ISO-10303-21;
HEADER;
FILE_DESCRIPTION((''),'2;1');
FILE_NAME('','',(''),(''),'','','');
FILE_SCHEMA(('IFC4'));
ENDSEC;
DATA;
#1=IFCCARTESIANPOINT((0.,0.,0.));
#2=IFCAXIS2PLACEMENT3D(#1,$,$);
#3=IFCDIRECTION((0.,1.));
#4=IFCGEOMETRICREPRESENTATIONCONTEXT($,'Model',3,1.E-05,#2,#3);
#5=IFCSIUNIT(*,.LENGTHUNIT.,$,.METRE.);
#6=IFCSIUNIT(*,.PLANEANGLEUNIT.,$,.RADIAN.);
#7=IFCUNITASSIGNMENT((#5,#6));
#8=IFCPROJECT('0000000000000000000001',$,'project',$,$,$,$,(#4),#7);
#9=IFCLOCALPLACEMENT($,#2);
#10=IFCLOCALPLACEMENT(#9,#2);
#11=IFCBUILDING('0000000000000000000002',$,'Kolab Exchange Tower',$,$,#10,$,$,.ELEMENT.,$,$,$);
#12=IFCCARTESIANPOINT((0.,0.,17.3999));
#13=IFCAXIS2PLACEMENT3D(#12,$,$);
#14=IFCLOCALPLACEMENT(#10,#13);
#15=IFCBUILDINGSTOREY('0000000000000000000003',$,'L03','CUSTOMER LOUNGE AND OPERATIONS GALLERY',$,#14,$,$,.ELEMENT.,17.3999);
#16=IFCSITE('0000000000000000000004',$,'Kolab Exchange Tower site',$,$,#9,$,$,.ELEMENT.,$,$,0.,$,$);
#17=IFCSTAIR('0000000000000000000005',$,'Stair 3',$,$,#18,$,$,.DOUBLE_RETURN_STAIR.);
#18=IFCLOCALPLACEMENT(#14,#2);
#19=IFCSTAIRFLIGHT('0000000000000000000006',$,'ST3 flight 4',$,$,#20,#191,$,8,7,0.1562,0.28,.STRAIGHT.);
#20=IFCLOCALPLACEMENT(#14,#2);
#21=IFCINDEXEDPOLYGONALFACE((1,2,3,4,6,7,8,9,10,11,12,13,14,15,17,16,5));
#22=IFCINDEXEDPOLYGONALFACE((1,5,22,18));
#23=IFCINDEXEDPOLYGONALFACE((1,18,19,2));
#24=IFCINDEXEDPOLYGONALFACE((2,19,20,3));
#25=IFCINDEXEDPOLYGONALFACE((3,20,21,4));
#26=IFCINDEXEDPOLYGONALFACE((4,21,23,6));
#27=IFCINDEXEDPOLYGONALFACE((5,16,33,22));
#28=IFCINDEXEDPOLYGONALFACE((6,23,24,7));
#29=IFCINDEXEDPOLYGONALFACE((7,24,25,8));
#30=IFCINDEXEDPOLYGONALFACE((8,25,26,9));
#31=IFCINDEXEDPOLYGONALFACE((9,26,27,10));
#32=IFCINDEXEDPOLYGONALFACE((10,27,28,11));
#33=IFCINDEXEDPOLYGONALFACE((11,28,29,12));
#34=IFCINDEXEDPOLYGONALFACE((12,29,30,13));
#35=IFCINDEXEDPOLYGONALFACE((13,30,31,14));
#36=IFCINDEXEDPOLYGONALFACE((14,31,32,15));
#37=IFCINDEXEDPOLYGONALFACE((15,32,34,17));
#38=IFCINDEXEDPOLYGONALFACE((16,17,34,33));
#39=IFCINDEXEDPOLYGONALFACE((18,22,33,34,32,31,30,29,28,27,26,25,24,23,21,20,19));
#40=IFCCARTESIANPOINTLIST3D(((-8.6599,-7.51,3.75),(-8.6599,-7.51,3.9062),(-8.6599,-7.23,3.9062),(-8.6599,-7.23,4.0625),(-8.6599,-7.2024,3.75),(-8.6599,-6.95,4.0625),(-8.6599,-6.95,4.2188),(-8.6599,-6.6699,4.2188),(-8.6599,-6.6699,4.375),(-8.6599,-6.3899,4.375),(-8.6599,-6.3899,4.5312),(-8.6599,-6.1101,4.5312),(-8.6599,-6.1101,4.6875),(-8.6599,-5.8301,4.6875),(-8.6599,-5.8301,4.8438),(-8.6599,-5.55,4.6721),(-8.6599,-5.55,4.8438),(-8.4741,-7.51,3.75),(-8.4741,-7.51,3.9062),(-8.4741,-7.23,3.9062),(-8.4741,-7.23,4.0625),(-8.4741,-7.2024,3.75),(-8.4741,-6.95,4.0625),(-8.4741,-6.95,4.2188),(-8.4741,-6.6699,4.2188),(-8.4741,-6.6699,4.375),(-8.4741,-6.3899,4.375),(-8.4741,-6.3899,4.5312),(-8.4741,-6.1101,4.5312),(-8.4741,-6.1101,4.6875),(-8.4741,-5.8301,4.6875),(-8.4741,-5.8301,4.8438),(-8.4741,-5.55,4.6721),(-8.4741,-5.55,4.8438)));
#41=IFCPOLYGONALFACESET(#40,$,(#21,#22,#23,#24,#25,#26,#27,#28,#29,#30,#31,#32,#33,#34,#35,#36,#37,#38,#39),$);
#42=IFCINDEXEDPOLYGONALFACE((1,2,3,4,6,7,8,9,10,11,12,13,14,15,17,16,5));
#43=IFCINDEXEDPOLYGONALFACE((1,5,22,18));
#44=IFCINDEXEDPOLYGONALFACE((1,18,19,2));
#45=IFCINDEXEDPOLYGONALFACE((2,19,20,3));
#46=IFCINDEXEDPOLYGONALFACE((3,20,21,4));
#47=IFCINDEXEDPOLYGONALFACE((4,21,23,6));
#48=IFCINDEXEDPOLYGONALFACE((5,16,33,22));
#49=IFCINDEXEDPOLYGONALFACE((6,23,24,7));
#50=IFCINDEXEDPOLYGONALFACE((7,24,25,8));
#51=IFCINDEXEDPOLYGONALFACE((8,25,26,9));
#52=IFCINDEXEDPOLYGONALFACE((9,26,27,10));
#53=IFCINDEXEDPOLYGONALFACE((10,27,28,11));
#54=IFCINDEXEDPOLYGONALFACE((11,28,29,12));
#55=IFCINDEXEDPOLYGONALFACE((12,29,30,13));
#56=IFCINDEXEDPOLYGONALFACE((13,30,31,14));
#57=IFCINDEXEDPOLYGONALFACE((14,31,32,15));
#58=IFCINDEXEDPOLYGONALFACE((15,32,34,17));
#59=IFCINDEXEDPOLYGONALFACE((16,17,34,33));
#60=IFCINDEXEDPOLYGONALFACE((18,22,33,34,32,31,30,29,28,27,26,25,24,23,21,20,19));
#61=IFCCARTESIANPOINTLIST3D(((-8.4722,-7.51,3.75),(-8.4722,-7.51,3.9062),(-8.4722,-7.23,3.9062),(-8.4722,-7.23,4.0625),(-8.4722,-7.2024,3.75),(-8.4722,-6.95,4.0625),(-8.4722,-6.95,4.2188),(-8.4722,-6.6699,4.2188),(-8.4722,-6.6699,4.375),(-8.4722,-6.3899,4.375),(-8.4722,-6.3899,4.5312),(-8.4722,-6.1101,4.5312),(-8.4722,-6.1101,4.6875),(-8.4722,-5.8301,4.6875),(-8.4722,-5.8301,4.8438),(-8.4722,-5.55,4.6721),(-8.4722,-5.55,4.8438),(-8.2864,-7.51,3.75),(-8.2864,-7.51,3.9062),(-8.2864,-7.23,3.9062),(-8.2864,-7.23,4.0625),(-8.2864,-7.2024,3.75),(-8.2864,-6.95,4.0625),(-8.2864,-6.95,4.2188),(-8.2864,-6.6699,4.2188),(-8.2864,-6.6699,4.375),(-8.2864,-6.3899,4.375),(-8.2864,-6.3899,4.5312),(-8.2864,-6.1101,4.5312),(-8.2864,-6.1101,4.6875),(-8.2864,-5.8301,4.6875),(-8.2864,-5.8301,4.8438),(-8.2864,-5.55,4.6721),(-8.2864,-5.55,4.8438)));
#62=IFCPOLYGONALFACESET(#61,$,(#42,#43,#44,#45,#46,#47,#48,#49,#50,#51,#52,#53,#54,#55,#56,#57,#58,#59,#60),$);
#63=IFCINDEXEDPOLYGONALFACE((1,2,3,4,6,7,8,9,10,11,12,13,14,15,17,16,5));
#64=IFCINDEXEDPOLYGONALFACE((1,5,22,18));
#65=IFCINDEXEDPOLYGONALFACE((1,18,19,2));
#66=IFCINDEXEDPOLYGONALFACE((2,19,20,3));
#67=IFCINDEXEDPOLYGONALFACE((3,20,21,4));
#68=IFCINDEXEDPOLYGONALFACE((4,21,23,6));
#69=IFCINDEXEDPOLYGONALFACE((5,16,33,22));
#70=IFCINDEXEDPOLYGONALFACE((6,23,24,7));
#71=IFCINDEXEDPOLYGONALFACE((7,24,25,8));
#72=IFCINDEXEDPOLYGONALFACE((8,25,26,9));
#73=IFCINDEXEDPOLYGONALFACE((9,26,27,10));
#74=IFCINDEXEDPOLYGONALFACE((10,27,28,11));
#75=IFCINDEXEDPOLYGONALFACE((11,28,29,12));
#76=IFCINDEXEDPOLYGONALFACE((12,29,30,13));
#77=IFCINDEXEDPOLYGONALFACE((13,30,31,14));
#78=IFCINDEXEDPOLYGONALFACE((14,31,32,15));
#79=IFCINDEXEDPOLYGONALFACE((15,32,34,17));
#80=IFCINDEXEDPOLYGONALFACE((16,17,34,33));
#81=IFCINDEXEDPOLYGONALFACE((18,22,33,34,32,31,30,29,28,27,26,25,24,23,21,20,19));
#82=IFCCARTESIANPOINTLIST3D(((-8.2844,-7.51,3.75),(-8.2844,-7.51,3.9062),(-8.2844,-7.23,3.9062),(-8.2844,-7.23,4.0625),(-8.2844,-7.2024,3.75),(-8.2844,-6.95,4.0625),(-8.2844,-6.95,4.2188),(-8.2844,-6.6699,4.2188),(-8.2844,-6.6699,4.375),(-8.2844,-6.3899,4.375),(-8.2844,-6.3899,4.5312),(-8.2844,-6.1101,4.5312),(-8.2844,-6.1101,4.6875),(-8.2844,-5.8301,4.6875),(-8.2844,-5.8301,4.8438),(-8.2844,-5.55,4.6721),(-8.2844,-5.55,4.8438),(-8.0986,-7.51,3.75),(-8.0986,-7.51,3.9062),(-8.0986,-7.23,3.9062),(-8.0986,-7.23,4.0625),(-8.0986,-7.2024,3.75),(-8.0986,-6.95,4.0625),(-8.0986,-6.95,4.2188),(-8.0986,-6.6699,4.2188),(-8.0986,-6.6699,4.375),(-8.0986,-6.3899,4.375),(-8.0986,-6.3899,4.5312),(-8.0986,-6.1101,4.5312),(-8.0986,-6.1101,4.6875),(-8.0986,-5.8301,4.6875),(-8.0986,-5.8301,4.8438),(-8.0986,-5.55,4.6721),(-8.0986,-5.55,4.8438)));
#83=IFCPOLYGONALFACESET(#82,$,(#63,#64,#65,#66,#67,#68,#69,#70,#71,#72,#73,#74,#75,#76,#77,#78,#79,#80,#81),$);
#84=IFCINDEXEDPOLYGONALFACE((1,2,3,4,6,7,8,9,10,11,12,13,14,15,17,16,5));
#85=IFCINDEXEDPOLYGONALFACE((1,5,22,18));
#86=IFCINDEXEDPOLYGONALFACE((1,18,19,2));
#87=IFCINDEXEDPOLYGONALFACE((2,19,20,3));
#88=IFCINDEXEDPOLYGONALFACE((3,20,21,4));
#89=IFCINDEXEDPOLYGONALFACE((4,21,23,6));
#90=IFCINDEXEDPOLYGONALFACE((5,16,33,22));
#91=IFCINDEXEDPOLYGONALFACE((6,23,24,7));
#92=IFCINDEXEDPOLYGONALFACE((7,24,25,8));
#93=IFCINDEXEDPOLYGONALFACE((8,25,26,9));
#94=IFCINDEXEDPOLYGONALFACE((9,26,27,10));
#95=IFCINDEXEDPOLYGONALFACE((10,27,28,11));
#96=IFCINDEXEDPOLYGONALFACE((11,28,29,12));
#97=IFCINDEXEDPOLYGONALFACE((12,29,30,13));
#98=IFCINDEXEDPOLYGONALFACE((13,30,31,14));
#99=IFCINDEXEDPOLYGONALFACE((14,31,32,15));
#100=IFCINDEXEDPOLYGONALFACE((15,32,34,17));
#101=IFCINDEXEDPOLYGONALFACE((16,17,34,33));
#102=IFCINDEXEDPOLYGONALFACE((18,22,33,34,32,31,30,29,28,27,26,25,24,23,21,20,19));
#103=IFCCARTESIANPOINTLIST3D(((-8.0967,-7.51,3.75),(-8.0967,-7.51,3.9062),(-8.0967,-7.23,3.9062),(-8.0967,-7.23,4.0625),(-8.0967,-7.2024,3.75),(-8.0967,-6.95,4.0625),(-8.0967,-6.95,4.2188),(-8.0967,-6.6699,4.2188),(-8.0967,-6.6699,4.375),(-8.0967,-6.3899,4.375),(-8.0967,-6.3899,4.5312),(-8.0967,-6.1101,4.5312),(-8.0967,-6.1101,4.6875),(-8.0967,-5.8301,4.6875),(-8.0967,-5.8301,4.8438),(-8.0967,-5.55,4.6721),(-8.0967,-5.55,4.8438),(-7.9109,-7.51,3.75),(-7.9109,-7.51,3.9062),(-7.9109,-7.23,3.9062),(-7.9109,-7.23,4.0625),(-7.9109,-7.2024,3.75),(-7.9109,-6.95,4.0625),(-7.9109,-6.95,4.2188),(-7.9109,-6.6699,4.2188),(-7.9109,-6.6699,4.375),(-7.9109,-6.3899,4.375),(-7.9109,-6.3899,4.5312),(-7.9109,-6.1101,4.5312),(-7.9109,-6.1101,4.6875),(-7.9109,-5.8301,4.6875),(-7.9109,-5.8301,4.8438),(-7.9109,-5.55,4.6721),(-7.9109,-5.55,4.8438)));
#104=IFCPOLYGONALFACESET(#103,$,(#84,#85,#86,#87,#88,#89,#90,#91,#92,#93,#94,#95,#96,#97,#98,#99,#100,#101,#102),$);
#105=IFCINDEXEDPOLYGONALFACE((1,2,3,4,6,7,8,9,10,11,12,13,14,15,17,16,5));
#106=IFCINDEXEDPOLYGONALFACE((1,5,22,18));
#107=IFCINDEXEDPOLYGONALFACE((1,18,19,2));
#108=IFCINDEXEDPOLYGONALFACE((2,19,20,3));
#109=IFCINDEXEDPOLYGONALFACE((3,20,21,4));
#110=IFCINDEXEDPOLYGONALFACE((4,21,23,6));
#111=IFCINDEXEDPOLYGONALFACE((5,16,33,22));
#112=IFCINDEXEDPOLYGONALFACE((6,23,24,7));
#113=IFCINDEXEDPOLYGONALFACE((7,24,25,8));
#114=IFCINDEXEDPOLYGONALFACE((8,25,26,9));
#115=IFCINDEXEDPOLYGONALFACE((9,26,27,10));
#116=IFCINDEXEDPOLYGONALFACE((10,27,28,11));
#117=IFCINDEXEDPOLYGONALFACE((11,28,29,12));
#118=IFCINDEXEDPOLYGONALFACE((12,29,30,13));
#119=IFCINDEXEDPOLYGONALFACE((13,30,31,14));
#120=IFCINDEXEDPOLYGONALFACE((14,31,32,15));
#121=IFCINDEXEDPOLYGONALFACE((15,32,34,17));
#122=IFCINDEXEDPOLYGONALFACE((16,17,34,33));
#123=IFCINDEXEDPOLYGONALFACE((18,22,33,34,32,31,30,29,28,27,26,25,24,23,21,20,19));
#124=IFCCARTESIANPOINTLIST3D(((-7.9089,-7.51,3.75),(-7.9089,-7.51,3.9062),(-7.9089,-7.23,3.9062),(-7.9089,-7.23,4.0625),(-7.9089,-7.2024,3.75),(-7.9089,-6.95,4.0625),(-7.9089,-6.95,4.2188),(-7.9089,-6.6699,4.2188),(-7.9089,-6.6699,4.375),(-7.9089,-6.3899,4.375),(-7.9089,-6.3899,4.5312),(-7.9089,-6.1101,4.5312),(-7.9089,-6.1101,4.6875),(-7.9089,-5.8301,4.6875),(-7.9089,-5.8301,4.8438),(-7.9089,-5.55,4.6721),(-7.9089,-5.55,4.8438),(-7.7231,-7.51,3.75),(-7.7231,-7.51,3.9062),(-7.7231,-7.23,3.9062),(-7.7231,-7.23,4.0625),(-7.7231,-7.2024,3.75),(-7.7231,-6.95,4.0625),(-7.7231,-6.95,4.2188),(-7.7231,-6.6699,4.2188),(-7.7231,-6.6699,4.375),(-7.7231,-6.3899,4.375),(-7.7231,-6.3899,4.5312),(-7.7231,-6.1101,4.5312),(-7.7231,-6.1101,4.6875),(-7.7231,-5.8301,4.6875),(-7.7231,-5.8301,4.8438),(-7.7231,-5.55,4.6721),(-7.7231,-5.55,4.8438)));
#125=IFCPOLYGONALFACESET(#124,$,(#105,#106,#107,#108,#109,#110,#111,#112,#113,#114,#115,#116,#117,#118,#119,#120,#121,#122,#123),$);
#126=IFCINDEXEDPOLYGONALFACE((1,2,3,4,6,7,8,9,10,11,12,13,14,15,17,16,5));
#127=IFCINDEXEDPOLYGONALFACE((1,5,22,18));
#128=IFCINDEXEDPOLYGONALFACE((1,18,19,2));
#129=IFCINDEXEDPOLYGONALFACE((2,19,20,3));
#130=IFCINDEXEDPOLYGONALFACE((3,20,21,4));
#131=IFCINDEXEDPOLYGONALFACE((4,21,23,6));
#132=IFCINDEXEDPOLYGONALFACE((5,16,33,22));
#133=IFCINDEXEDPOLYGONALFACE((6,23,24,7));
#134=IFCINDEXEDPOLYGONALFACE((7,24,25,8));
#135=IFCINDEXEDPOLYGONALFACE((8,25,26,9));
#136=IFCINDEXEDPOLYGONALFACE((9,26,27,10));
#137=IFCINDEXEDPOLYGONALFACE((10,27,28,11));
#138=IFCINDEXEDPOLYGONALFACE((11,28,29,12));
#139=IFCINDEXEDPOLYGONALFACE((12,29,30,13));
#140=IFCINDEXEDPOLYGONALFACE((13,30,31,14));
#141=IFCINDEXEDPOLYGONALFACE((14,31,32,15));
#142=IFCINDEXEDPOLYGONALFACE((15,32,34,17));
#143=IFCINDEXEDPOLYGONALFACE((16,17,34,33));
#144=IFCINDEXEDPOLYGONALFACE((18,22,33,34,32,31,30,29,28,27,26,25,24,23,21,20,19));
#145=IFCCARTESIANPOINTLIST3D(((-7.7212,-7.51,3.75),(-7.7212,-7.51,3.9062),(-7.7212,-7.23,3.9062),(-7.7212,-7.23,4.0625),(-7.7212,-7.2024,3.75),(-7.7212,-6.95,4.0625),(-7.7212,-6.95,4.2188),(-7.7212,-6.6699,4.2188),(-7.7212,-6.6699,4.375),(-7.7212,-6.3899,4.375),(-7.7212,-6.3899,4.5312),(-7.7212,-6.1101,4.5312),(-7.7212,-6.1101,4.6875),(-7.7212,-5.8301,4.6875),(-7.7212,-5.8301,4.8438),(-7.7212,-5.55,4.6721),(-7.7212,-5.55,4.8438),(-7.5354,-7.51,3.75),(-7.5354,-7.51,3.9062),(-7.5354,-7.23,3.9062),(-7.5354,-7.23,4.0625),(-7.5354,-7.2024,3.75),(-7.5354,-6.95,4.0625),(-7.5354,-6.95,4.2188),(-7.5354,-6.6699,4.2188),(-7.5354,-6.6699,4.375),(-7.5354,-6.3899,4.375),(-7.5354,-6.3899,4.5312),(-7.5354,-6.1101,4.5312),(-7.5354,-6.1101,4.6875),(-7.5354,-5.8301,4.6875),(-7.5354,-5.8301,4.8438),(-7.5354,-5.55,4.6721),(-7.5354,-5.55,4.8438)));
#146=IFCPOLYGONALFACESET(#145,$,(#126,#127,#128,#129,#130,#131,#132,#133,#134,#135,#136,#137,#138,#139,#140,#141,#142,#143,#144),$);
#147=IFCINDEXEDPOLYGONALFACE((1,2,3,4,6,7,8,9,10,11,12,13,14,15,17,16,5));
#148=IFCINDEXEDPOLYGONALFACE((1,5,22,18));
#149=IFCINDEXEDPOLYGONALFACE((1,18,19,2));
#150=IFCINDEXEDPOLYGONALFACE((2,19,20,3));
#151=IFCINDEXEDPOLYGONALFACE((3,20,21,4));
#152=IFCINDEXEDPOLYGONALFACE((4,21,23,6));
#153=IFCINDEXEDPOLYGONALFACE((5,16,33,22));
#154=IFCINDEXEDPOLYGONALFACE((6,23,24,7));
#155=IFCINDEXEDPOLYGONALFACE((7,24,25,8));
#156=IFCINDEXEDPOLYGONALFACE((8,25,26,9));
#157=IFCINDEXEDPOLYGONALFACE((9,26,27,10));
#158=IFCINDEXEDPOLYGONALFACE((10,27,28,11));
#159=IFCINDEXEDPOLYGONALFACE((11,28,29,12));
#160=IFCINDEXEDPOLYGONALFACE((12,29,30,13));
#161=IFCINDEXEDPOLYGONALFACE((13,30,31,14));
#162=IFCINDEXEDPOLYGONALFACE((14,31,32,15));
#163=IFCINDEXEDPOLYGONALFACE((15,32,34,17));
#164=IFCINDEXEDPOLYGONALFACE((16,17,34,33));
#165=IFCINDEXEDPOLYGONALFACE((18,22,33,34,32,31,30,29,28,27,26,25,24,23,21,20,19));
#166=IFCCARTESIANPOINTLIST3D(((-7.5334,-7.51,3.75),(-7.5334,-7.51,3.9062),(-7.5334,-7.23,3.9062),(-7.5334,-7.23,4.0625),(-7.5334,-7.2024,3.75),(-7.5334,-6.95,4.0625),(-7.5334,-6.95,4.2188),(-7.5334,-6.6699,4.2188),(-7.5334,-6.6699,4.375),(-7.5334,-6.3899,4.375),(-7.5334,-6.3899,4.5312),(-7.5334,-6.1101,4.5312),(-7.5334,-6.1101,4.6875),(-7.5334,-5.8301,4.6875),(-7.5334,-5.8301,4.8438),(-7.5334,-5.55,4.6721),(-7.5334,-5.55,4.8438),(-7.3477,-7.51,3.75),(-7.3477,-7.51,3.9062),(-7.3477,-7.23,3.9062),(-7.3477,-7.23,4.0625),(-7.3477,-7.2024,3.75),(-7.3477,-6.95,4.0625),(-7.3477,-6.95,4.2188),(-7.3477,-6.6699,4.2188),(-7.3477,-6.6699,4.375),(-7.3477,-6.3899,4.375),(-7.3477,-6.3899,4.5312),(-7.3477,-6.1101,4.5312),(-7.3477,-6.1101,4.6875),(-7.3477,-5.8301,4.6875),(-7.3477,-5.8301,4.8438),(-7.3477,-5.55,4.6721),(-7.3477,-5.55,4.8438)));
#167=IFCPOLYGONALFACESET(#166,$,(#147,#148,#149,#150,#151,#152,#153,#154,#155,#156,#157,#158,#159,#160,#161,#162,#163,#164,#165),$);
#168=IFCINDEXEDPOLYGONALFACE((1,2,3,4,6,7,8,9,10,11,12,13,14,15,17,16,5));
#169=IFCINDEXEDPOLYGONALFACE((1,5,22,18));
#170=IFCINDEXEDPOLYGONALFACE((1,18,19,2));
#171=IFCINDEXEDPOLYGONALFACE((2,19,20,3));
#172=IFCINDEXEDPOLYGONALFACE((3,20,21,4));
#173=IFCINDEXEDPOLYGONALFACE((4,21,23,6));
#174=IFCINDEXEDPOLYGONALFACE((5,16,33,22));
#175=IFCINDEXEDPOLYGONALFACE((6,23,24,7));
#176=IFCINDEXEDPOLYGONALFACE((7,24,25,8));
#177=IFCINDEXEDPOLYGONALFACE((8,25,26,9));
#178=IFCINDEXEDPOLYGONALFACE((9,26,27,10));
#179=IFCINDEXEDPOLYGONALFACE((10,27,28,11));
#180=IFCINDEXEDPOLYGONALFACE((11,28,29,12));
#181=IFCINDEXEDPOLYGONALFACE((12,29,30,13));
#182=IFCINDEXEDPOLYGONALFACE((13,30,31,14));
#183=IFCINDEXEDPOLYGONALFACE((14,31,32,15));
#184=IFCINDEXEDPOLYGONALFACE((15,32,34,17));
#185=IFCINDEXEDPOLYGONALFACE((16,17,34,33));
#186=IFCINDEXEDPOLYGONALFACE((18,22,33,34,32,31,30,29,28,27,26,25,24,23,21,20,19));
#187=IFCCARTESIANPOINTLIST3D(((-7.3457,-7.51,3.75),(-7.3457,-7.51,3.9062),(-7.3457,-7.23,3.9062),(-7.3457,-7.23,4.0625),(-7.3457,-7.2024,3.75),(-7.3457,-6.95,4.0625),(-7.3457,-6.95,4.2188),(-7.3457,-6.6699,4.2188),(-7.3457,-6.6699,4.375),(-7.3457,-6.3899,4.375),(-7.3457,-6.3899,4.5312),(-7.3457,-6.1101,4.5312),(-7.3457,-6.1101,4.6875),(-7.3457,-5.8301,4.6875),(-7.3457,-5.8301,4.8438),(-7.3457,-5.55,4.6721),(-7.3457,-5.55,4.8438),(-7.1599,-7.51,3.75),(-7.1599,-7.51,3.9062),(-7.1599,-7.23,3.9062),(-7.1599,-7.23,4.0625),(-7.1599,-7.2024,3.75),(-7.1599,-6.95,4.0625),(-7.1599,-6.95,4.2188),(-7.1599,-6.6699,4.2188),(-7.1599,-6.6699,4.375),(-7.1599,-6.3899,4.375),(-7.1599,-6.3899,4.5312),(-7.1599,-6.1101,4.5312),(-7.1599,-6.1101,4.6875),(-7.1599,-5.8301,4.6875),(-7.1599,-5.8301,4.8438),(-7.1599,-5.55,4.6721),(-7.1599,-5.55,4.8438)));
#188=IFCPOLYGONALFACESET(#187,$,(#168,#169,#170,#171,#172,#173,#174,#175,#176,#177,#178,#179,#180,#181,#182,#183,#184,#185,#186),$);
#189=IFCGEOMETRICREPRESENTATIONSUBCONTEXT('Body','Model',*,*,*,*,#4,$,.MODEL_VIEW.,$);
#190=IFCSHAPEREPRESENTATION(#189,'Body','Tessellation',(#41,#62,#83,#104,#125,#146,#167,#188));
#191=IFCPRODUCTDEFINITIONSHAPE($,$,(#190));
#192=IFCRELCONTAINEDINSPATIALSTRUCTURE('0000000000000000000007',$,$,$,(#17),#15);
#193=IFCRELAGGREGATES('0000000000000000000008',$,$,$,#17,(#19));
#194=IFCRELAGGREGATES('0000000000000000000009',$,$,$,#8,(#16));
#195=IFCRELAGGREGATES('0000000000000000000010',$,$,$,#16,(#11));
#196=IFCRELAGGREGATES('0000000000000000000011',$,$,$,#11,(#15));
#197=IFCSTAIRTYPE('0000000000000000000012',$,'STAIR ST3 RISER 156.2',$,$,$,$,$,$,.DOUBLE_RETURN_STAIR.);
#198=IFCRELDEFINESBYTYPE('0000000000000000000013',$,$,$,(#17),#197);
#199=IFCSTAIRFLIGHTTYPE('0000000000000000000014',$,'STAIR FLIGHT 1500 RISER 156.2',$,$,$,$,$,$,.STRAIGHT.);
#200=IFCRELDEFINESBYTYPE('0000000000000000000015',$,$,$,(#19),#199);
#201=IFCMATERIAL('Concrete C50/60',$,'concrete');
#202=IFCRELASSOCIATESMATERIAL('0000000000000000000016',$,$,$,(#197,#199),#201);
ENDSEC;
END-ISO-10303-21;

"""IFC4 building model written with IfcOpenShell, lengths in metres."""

from ifc_helpers import new_model, si_unit, direction, frame, origin, place, context, subcontext, project, spatial, polyline, outline, extrude, material, type_object, element, aggregate, save


model = new_model("IFC4")

# Units and contexts
model_context = context("Model", 3, precision=1e-05, world=origin(), true_north=direction((0.0, 1.0)))
body_context = subcontext(model_context, "Body", "Model", "MODEL_VIEW")
ifc_project = project(units=[si_unit("LENGTHUNIT", "METRE"), si_unit("PLANEANGLEUNIT", "RADIAN")], contexts=[model_context])

# Site, building, storey
site_placement = place(None, origin())
site = spatial("IfcSite", under=ifc_project, at=site_placement, Name="Kolab Exchange Tower site", CompositionType="ELEMENT", RefElevation=0.0)
building_placement = place(site_placement, origin())
building = spatial("IfcBuilding", under=site, at=building_placement, Name="Kolab Exchange Tower", CompositionType="ELEMENT")
storey_placement = place(building_placement, frame((0.0, 0.0, 17.3999)))
storey = spatial("IfcBuildingStorey", under=building, at=storey_placement, Name="L03", Description="CUSTOMER LOUNGE AND OPERATIONS GALLERY", CompositionType="ELEMENT", Elevation=17.3999)

# Shared definitions
ifc_material_1 = material(Name="Concrete C50/60", Category="concrete")

# Stair, stair flight
stair_type = type_object("IfcStairType", Name="STAIR ST3 RISER 156.2", PredefinedType="DOUBLE_RETURN_STAIR", material=ifc_material_1)
stair_placement = place(storey_placement, origin())
stair = element("IfcStair", 1, at=stair_placement, inside=storey, type_object=stair_type, Name="Stair 3", PredefinedType="DOUBLE_RETURN_STAIR")
stair_flight_type = type_object("IfcStairFlightType", Name="STAIR FLIGHT 1500 RISER 156.2", PredefinedType="STRAIGHT", material=ifc_material_1)
stair_flight_1_placement = place(storey_placement, frame((-7.9099, -7.51, 3.75), z_axis=(0.0, 0.0, 1.0), x_axis=(0.0, 1.0, 0.0)))
stair_flight_1 = element("IfcStairFlight", 2, at=stair_flight_1_placement, type_object=stair_flight_type, Name="ST3 flight 4", NumberOfRisers=8, NumberOfTreads=7, PredefinedType="STRAIGHT", RiserHeight=0.1562, TreadLength=0.28, context=body_context, shape_type="SweptSolid", body=[
    extrude(outline(polyline([(0.0, 0.0), (0.0, 0.1562), (0.28, 0.1562), (0.28, 0.3125), (0.5601, 0.3125), (0.5601, 0.4688), (0.8401, 0.4688), (0.8401, 0.625), (1.1201, 0.625), (1.1201, 0.7812), (1.3999, 0.7812), (1.3999, 0.9375), (1.6799, 0.9375), (1.6799, 1.0938), (1.96, 1.0938), (1.96, 1.25), (1.96, 0.9221), (0.3076, 0.0), (0.0, 0.0)])), frame((0.0, 0.75, 0.0), z_axis=(0.0, -1.0, 0.0), x_axis=(1.0, 0.0, 0.0)), (0.0, 0.0, 1.0), 0.1858),
    extrude(outline(polyline([(0.0, 0.0), (0.0, 0.1562), (0.28, 0.1562), (0.28, 0.3125), (0.5601, 0.3125), (0.5601, 0.4688), (0.8401, 0.4688), (0.8401, 0.625), (1.1201, 0.625), (1.1201, 0.7812), (1.3999, 0.7812), (1.3999, 0.9375), (1.6799, 0.9375), (1.6799, 1.0938), (1.96, 1.0938), (1.96, 1.25), (1.96, 0.9221), (0.3076, 0.0), (0.0, 0.0)])), frame((0.0, 0.5623, 0.0), z_axis=(0.0, -1.0, 0.0), x_axis=(1.0, 0.0, 0.0)), (0.0, 0.0, 1.0), 0.1858),
    extrude(outline(polyline([(0.0, 0.0), (0.0, 0.1562), (0.28, 0.1562), (0.28, 0.3125), (0.5601, 0.3125), (0.5601, 0.4688), (0.8401, 0.4688), (0.8401, 0.625), (1.1201, 0.625), (1.1201, 0.7812), (1.3999, 0.7812), (1.3999, 0.9375), (1.6799, 0.9375), (1.6799, 1.0938), (1.96, 1.0938), (1.96, 1.25), (1.96, 0.9221), (0.3076, 0.0), (0.0, 0.0)])), frame((0.0, 0.3745, 0.0), z_axis=(0.0, -1.0, 0.0), x_axis=(1.0, 0.0, 0.0)), (0.0, 0.0, 1.0), 0.1858),
    extrude(outline(polyline([(0.0, 0.0), (0.0, 0.1562), (0.28, 0.1562), (0.28, 0.3125), (0.5601, 0.3125), (0.5601, 0.4688), (0.8401, 0.4688), (0.8401, 0.625), (1.1201, 0.625), (1.1201, 0.7812), (1.3999, 0.7812), (1.3999, 0.9375), (1.6799, 0.9375), (1.6799, 1.0938), (1.96, 1.0938), (1.96, 1.25), (1.96, 0.9221), (0.3076, 0.0), (0.0, 0.0)])), frame((0.0, 0.1868, 0.0), z_axis=(0.0, -1.0, 0.0), x_axis=(1.0, 0.0, 0.0)), (0.0, 0.0, 1.0), 0.1858),
    extrude(outline(polyline([(0.0, 0.0), (0.0, 0.1562), (0.28, 0.1562), (0.28, 0.3125), (0.5601, 0.3125), (0.5601, 0.4688), (0.8401, 0.4688), (0.8401, 0.625), (1.1201, 0.625), (1.1201, 0.7812), (1.3999, 0.7812), (1.3999, 0.9375), (1.6799, 0.9375), (1.6799, 1.0938), (1.96, 1.0938), (1.96, 1.25), (1.96, 0.9221), (0.3076, 0.0), (0.0, 0.0)])), frame((0.0, -0.001, 0.0), z_axis=(0.0, -1.0, 0.0), x_axis=(1.0, 0.0, 0.0)), (0.0, 0.0, 1.0), 0.1858),
    extrude(outline(polyline([(0.0, 0.0), (0.0, 0.1562), (0.28, 0.1562), (0.28, 0.3125), (0.5601, 0.3125), (0.5601, 0.4688), (0.8401, 0.4688), (0.8401, 0.625), (1.1201, 0.625), (1.1201, 0.7812), (1.3999, 0.7812), (1.3999, 0.9375), (1.6799, 0.9375), (1.6799, 1.0938), (1.96, 1.0938), (1.96, 1.25), (1.96, 0.9221), (0.3076, 0.0), (0.0, 0.0)])), frame((0.0, -0.1887, 0.0), z_axis=(0.0, -1.0, 0.0), x_axis=(1.0, 0.0, 0.0)), (0.0, 0.0, 1.0), 0.1858),
    extrude(outline(polyline([(0.0, 0.0), (0.0, 0.1562), (0.28, 0.1562), (0.28, 0.3125), (0.5601, 0.3125), (0.5601, 0.4688), (0.8401, 0.4688), (0.8401, 0.625), (1.1201, 0.625), (1.1201, 0.7812), (1.3999, 0.7812), (1.3999, 0.9375), (1.6799, 0.9375), (1.6799, 1.0938), (1.96, 1.0938), (1.96, 1.25), (1.96, 0.9221), (0.3076, 0.0), (0.0, 0.0)])), frame((0.0, -0.3765, 0.0), z_axis=(0.0, -1.0, 0.0), x_axis=(1.0, 0.0, 0.0)), (0.0, 0.0, 1.0), 0.1858),
    extrude(outline(polyline([(0.0, 0.0), (0.0, 0.1562), (0.28, 0.1562), (0.28, 0.3125), (0.5601, 0.3125), (0.5601, 0.4688), (0.8401, 0.4688), (0.8401, 0.625), (1.1201, 0.625), (1.1201, 0.7812), (1.3999, 0.7812), (1.3999, 0.9375), (1.6799, 0.9375), (1.6799, 1.0938), (1.96, 1.0938), (1.96, 1.25), (1.96, 0.9221), (0.3076, 0.0), (0.0, 0.0)])), frame((0.0, -0.5642, 0.0), z_axis=(0.0, -1.0, 0.0), x_axis=(1.0, 0.0, 0.0)), (0.0, 0.0, 1.0), 0.1858),
])
aggregate(stair, [stair_flight_1])

save(model, "model.ifc")
